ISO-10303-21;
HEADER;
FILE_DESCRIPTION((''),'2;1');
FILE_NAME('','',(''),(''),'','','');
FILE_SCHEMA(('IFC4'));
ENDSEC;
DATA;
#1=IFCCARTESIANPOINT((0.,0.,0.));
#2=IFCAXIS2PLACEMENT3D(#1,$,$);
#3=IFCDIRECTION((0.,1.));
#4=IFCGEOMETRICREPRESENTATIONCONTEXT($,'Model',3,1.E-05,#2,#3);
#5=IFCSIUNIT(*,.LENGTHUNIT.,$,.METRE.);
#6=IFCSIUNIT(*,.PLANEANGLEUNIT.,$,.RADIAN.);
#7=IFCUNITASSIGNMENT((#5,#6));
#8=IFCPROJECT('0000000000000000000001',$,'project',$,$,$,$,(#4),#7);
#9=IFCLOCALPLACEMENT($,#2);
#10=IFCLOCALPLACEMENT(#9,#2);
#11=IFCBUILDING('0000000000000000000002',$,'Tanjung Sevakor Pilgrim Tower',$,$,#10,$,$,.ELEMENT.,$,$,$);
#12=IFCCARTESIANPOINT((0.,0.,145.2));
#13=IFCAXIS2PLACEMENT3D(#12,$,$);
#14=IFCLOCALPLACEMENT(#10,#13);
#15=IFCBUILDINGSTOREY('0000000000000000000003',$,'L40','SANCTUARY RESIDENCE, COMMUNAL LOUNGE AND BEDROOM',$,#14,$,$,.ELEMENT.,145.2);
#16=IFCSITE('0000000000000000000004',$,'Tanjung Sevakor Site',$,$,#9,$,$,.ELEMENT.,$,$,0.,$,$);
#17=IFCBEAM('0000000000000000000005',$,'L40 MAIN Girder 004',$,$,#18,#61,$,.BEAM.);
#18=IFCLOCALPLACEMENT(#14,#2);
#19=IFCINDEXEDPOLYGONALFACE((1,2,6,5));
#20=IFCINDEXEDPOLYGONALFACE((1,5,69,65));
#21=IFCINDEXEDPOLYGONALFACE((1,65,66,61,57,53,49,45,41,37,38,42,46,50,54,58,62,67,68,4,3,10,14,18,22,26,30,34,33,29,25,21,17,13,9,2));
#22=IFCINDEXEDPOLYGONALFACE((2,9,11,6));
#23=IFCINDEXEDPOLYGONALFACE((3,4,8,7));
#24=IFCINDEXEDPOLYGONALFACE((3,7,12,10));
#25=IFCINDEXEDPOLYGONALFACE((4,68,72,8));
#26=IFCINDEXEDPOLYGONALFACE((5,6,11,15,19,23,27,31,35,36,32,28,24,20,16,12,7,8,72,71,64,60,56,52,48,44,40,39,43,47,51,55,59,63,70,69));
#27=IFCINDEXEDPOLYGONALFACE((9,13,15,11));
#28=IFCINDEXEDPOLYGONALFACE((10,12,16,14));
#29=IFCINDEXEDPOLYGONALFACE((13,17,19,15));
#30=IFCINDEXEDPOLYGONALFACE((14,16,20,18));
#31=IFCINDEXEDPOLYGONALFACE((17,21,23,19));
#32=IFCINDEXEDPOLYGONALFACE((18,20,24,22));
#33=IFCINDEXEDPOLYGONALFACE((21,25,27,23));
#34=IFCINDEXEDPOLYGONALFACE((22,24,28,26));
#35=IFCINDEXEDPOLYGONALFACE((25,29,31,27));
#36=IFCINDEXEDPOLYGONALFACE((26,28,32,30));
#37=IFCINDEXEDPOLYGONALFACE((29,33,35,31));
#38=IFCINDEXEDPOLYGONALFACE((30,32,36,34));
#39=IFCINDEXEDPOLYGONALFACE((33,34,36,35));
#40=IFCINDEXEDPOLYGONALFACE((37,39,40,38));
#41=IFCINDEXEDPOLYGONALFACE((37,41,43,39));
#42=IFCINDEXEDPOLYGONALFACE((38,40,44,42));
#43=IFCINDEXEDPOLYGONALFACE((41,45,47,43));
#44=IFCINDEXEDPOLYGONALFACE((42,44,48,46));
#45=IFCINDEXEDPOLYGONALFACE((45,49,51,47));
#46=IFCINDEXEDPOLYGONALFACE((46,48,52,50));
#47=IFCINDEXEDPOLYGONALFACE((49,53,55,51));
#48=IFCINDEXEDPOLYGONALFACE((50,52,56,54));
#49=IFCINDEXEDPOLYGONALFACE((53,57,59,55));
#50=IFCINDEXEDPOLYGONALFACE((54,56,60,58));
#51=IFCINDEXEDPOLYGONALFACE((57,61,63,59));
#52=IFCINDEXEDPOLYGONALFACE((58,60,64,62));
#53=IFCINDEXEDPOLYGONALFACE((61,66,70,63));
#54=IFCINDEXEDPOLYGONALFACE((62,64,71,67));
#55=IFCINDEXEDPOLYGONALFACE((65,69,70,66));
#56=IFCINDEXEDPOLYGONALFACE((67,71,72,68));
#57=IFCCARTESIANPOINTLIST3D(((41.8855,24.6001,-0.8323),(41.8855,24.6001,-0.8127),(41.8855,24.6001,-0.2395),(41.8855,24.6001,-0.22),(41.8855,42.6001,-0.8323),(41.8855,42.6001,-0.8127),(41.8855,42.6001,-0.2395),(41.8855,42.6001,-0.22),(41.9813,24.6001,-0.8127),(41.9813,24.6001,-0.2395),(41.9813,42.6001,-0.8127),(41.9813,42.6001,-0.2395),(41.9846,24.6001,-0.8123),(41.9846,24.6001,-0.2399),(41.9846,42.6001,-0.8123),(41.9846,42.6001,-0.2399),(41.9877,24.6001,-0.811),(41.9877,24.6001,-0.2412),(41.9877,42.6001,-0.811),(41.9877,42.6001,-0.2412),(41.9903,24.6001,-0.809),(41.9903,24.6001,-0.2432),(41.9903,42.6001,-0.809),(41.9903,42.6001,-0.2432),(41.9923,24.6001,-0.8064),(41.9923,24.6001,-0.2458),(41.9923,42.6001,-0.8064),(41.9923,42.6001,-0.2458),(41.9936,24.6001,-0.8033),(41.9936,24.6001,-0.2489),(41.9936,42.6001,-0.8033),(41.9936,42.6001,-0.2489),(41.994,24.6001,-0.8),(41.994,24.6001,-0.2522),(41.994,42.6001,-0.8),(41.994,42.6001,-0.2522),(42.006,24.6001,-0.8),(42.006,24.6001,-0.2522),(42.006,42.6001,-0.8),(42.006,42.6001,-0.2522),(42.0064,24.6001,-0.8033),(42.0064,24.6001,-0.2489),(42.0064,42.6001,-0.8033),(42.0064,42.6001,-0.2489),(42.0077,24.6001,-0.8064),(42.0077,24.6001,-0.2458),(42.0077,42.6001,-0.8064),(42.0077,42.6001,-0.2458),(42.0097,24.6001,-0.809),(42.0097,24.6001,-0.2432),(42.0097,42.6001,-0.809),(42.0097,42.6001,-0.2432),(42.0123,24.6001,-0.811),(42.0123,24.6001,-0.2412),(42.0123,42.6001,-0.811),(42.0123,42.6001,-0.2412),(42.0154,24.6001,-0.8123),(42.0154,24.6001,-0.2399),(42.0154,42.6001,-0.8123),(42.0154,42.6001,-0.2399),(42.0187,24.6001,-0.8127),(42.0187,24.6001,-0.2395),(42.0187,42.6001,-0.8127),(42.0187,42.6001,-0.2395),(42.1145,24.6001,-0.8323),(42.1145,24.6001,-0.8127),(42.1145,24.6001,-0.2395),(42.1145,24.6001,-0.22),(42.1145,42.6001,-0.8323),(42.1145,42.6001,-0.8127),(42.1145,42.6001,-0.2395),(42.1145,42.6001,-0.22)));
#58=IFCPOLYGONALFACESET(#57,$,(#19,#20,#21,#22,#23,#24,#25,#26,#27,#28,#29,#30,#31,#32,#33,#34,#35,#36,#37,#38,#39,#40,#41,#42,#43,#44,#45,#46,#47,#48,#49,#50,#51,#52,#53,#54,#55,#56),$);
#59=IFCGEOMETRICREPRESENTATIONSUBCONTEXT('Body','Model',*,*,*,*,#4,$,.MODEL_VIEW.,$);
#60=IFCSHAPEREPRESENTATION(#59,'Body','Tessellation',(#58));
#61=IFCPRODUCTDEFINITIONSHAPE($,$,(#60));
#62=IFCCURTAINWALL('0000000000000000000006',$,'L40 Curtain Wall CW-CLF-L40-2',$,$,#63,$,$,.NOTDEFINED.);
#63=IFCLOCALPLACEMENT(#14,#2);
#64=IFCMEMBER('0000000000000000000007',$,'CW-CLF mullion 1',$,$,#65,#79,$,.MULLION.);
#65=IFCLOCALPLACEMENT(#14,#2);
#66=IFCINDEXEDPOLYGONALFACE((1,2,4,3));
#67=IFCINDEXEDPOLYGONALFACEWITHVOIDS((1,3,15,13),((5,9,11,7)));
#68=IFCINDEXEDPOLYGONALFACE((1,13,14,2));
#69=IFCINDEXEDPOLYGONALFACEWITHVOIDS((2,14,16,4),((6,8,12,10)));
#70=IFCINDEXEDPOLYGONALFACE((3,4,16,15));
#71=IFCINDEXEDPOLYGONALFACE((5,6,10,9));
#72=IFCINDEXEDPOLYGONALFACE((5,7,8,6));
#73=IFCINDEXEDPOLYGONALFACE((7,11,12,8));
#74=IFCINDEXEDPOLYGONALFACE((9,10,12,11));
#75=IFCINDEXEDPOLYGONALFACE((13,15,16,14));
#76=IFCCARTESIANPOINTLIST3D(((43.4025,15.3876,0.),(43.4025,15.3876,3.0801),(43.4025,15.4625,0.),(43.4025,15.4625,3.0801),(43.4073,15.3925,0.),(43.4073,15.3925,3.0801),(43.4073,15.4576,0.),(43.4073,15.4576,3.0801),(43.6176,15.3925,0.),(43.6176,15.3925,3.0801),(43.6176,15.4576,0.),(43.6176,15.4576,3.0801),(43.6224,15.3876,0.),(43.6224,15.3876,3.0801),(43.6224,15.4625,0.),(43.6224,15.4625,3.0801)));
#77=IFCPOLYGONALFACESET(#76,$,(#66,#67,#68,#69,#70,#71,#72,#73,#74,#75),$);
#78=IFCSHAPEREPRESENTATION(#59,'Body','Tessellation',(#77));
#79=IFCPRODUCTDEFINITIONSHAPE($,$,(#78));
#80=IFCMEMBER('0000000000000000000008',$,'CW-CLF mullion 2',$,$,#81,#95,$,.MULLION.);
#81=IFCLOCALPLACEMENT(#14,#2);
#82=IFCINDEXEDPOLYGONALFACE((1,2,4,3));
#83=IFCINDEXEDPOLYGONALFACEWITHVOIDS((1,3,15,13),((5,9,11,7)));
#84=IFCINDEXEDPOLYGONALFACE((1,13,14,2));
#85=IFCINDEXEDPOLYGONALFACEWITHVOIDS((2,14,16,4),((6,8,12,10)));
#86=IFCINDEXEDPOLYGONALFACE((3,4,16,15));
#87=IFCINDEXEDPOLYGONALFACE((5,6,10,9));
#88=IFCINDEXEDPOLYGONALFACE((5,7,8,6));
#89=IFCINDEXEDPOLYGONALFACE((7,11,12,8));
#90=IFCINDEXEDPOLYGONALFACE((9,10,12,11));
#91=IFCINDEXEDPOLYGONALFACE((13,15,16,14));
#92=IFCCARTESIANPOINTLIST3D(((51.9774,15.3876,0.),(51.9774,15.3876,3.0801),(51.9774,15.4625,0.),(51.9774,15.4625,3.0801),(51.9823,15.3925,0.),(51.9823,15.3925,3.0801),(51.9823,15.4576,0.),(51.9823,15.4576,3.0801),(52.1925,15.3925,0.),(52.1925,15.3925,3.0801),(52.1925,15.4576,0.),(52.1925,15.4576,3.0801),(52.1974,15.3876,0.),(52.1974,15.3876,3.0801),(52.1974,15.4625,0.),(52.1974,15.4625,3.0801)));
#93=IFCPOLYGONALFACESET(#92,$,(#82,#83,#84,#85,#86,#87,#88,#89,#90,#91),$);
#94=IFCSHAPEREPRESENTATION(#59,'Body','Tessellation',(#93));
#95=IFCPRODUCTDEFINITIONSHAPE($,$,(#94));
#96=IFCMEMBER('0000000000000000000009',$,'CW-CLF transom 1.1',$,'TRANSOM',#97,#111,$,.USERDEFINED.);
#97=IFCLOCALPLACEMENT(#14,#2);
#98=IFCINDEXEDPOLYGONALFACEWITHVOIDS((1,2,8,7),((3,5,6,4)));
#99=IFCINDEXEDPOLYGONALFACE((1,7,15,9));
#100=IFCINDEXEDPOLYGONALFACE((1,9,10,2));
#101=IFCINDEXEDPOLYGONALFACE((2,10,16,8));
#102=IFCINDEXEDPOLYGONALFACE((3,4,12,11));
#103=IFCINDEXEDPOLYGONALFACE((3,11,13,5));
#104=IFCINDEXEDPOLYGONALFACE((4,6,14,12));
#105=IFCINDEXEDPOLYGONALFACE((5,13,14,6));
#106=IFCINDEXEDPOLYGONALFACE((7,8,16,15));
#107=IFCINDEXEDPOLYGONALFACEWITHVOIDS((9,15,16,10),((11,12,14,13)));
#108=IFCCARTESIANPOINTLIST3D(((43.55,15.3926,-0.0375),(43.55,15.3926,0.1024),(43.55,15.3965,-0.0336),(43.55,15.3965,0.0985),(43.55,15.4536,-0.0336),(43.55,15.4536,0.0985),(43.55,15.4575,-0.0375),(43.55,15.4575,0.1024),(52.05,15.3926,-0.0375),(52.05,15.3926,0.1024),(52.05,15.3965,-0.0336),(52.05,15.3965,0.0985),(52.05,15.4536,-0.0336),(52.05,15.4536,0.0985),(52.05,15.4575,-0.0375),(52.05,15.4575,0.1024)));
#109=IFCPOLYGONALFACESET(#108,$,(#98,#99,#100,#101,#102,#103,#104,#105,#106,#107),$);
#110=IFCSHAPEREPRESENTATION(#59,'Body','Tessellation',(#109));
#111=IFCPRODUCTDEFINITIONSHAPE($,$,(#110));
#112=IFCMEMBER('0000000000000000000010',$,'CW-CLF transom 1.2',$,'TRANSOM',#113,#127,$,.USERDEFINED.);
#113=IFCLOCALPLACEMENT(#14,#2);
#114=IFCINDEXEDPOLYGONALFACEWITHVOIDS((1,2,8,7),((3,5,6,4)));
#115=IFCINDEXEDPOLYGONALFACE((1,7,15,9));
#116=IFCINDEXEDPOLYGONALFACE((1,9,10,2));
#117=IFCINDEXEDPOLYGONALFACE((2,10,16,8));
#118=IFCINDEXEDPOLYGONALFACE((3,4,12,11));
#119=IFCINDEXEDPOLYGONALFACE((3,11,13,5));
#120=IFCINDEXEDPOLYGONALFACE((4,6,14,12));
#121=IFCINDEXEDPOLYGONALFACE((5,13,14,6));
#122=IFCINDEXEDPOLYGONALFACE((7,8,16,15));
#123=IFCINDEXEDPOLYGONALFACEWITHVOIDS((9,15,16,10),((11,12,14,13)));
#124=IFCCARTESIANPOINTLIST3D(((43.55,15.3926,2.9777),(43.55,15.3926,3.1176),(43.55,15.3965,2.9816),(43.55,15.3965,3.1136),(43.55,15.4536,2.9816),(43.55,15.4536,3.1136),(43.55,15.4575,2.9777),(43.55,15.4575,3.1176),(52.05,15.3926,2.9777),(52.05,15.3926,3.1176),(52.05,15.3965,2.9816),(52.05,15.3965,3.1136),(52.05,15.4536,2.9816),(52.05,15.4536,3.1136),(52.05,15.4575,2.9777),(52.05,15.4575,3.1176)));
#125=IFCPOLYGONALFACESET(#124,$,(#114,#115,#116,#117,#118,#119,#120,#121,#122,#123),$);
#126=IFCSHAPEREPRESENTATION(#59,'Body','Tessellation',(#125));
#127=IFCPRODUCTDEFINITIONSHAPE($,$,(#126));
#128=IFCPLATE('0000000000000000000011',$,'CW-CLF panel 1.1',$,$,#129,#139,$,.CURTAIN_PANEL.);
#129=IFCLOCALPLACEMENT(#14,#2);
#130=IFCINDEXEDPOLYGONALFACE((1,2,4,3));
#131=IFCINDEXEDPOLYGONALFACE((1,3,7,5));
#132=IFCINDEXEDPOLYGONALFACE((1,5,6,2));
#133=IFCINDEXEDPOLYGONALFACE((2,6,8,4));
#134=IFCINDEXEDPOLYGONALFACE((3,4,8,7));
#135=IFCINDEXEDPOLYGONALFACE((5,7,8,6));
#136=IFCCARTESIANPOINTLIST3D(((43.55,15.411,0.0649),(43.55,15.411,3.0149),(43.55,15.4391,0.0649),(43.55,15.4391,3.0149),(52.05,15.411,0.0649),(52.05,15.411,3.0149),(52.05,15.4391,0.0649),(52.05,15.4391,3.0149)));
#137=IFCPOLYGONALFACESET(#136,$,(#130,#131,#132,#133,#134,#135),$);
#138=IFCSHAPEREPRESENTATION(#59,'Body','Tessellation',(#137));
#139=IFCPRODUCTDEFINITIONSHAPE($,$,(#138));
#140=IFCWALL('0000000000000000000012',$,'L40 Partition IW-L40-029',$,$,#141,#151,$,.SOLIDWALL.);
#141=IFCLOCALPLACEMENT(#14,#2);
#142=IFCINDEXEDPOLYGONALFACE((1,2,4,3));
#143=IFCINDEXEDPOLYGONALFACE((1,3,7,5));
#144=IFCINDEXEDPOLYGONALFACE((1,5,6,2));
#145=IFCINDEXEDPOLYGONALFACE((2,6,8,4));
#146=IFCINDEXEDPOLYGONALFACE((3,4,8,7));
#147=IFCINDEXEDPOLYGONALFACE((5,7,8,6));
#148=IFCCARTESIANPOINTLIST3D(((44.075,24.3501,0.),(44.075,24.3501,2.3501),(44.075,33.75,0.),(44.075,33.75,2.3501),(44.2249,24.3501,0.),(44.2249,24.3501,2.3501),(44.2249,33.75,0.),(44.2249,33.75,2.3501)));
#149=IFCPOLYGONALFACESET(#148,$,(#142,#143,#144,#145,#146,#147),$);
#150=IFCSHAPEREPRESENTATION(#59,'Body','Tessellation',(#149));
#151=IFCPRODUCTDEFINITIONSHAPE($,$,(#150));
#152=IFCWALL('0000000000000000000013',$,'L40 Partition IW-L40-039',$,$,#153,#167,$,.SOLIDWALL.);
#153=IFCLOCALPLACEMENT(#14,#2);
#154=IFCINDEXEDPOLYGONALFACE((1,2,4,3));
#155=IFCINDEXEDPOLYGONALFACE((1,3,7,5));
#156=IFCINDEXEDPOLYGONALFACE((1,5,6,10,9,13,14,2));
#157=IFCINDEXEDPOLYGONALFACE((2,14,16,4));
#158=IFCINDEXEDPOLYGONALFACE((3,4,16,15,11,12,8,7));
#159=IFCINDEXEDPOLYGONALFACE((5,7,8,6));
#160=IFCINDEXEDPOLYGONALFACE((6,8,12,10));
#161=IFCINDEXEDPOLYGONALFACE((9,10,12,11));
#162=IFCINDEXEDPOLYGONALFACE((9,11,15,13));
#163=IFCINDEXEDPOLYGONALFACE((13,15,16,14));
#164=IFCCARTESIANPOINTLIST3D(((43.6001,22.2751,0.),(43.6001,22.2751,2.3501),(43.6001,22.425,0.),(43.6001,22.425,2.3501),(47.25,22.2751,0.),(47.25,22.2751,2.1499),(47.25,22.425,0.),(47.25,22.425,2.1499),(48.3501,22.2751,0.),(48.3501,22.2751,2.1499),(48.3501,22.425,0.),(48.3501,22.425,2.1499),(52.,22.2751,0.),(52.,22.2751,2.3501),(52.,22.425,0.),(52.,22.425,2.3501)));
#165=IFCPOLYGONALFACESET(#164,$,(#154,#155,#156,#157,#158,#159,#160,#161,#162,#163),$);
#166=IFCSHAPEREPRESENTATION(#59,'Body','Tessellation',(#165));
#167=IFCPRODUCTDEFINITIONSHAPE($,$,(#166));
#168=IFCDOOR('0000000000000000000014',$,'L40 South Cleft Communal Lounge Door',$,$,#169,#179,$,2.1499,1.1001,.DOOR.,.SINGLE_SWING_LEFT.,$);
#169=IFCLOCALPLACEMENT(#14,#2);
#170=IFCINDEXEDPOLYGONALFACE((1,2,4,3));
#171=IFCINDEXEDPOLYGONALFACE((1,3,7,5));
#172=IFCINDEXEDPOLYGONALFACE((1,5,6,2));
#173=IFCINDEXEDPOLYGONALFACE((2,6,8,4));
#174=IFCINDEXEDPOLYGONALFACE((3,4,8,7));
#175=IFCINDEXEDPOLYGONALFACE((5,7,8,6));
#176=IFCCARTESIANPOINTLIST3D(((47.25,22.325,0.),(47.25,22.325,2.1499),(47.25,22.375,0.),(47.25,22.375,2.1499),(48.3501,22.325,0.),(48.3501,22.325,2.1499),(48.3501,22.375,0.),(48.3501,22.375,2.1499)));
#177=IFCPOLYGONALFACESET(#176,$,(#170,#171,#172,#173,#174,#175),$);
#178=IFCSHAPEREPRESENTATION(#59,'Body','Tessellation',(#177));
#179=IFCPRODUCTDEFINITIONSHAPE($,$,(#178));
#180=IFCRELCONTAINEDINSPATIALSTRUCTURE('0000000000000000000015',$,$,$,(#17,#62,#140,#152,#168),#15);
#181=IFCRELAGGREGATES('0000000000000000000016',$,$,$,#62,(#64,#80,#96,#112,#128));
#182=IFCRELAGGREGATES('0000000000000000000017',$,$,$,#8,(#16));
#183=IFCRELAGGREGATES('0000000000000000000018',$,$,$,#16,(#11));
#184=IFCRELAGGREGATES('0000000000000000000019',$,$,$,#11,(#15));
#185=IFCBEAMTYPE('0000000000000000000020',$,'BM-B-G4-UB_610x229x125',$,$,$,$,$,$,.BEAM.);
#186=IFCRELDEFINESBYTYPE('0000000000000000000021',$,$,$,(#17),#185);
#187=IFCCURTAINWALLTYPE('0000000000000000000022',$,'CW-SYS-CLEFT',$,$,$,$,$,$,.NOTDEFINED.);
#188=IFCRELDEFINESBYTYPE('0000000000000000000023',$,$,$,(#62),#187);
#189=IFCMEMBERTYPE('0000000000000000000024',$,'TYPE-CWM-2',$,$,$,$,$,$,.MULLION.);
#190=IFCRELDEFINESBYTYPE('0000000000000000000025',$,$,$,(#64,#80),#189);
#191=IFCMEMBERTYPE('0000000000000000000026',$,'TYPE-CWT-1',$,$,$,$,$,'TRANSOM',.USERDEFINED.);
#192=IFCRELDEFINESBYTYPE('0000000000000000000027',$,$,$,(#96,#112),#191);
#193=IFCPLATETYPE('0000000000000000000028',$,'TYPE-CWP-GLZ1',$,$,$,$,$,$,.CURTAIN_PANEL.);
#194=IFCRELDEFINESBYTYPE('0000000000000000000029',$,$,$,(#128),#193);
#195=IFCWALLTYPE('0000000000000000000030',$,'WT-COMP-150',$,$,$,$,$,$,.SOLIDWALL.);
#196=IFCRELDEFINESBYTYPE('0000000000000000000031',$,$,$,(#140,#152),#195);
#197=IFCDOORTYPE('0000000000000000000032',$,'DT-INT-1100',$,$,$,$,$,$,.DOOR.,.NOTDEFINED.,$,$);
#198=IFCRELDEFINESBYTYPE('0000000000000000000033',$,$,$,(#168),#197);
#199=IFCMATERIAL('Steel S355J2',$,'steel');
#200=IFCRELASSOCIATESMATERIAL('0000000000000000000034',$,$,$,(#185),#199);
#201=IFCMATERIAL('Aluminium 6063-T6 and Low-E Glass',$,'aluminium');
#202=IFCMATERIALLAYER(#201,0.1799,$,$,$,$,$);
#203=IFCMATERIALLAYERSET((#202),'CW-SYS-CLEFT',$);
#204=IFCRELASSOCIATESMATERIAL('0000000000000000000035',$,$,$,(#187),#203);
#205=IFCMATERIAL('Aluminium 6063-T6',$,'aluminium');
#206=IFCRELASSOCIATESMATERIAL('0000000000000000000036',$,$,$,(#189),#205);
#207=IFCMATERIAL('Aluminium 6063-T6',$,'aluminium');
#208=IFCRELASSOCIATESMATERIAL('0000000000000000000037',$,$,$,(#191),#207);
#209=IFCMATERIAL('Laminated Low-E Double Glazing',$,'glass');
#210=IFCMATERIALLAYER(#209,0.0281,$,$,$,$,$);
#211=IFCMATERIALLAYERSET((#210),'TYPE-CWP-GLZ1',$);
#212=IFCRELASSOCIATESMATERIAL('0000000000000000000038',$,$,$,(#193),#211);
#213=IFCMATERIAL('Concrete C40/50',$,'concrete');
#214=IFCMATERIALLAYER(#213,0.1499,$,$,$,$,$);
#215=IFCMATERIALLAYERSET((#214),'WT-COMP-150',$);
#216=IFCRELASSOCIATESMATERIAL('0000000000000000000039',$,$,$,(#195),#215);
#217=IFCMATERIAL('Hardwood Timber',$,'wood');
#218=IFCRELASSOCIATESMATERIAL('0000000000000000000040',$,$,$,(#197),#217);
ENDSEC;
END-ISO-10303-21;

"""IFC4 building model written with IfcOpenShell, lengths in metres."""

from ifc_helpers import new_model, si_unit, direction, frame, frame_2d, origin, origin_2d, place, context, subcontext, project, spatial, rectangle, hollow_rectangle, i_section, extrude, material, layer, layer_set, material_profile, profile_set, type_object, element, fill, aggregate, save


model = new_model("IFC4")

# Units and contexts
model_context = context("Model", 3, precision=1e-05, world=origin(), true_north=direction((0.0, 1.0)))
body_context = subcontext(model_context, "Body", "Model", "MODEL_VIEW")
ifc_project = project(units=[si_unit("LENGTHUNIT", "METRE"), si_unit("PLANEANGLEUNIT", "RADIAN")], contexts=[model_context])

# Site, building, storey
site_placement = place(None, origin())
site = spatial("IfcSite", under=ifc_project, at=site_placement, Name="Tanjung Sevakor Site", CompositionType="ELEMENT", RefElevation=0.0)
building_placement = place(site_placement, origin())
building = spatial("IfcBuilding", under=site, at=building_placement, Name="Tanjung Sevakor Pilgrim Tower", CompositionType="ELEMENT")
storey_placement = place(building_placement, frame((0.0, 0.0, 145.2)))
storey = spatial("IfcBuildingStorey", under=building, at=storey_placement, Name="L40", Description="SANCTUARY RESIDENCE, COMMUNAL LOUNGE AND BEDROOM", CompositionType="ELEMENT", Elevation=145.2)

# Beam
ifc_material_1 = material(Name="Steel S355J2", Category="steel")
ifc_material_profile_1 = material_profile(ifc_material_1, i_section(OverallWidth=0.229, OverallDepth=0.6123, WebThickness=0.012, FlangeThickness=0.0195, FilletRadius=0.0127, at=origin_2d()))
ifc_profile_set_1 = profile_set([ifc_material_profile_1], Name="Steel S355J2")
beam_type_1 = type_object("IfcBeamType", Name="BM-B-G4-UB_610x229x125", PredefinedType="BEAM", material=ifc_profile_set_1)
beam_1_placement = place(storey_placement, frame((42.0, 24.6001, -0.5261), z_axis=(0.0, 1.0, 0.0), x_axis=(-1.0, 0.0, 0.0)))
element("IfcBeam", 1, at=beam_1_placement, inside=storey, type_object=beam_type_1, Name="L40 MAIN Girder 004", PredefinedType="BEAM", context=body_context, shape_type="SweptSolid", body=[
    extrude(i_section(OverallWidth=0.229, OverallDepth=0.6123, WebThickness=0.012, FlangeThickness=0.0195, FilletRadius=0.0127, at=origin_2d()), origin(), (0.0, 0.0, 1.0), 18.0),
])

# Curtain wall, members, plate
ifc_material_2 = material(Name="Aluminium 6063-T6 and Low-E Glass", Category="aluminium")
ifc_layer_1 = layer(ifc_material_2, 0.1799)
ifc_layer_set_1 = layer_set([ifc_layer_1], Name="CW-SYS-CLEFT")
curtain_wall_type = type_object("IfcCurtainWallType", Name="CW-SYS-CLEFT", PredefinedType="NOTDEFINED", material=ifc_layer_set_1)
curtain_wall_placement = place(storey_placement, origin())
curtain_wall = element("IfcCurtainWall", 2, at=curtain_wall_placement, inside=storey, type_object=curtain_wall_type, Name="L40 Curtain Wall CW-CLF-L40-2", PredefinedType="NOTDEFINED")
ifc_material_3 = material(Name="Aluminium 6063-T6", Category="aluminium")
ifc_material_profile_2 = material_profile(ifc_material_3, hollow_rectangle(XDim=0.075, YDim=0.22, WallThickness=0.0049, at=origin_2d()))
ifc_profile_set_2 = profile_set([ifc_material_profile_2], Name="Aluminium 6063-T6")
member_type_1 = type_object("IfcMemberType", Name="TYPE-CWM-2", PredefinedType="MULLION", material=ifc_profile_set_2)
member_1_placement = place(storey_placement, frame((43.5125, 15.425, 0.0), z_axis=(0.0, 0.0, 1.0), x_axis=(0.0, 1.0, 0.0)))
member_1 = element("IfcMember", 3, at=member_1_placement, type_object=member_type_1, Name="CW-CLF mullion 1", PredefinedType="MULLION", context=body_context, shape_type="SweptSolid", body=[
    extrude(hollow_rectangle(XDim=0.075, YDim=0.22, WallThickness=0.0049, at=origin_2d()), origin(), (0.0, 0.0, 1.0), 3.0801),
])
member_2_placement = place(storey_placement, frame((52.0874, 15.425, 0.0), z_axis=(0.0, 0.0, 1.0), x_axis=(0.0, 1.0, 0.0)))
member_2 = element("IfcMember", 4, at=member_2_placement, type_object=member_type_1, Name="CW-CLF mullion 2", PredefinedType="MULLION", context=body_context, shape_type="SweptSolid", body=[
    extrude(hollow_rectangle(XDim=0.075, YDim=0.22, WallThickness=0.0049, at=origin_2d()), origin(), (0.0, 0.0, 1.0), 3.0801),
])
ifc_material_4 = material(Name="Aluminium 6063-T6", Category="aluminium")
ifc_material_profile_3 = material_profile(ifc_material_4, hollow_rectangle(XDim=0.0649, YDim=0.1399, WallThickness=0.0039, at=origin_2d()))
ifc_profile_set_3 = profile_set([ifc_material_profile_3], Name="Aluminium 6063-T6")
member_type_2 = type_object("IfcMemberType", Name="TYPE-CWT-1", ElementType="TRANSOM", PredefinedType="USERDEFINED", material=ifc_profile_set_3)
member_3_placement = place(storey_placement, frame((43.55, 15.425, 0.0325), z_axis=(1.0, 0.0, 0.0), x_axis=(0.0, 1.0, 0.0)))
member_3 = element("IfcMember", 5, at=member_3_placement, type_object=member_type_2, Name="CW-CLF transom 1.1", ObjectType="TRANSOM", PredefinedType="USERDEFINED", context=body_context, shape_type="SweptSolid", body=[
    extrude(hollow_rectangle(XDim=0.0649, YDim=0.1399, WallThickness=0.0039, at=origin_2d()), origin(), (0.0, 0.0, 1.0), 8.5),
])
member_4_placement = place(storey_placement, frame((43.55, 15.425, 3.0476), z_axis=(1.0, 0.0, 0.0), x_axis=(0.0, 1.0, 0.0)))
member_4 = element("IfcMember", 6, at=member_4_placement, type_object=member_type_2, Name="CW-CLF transom 1.2", ObjectType="TRANSOM", PredefinedType="USERDEFINED", context=body_context, shape_type="SweptSolid", body=[
    extrude(hollow_rectangle(XDim=0.0649, YDim=0.1399, WallThickness=0.0039, at=origin_2d()), origin(), (0.0, 0.0, 1.0), 8.5),
])
ifc_material_5 = material(Name="Laminated Low-E Double Glazing", Category="glass")
ifc_layer_2 = layer(ifc_material_5, 0.0281)
ifc_layer_set_2 = layer_set([ifc_layer_2], Name="TYPE-CWP-GLZ1")
plate_type = type_object("IfcPlateType", Name="TYPE-CWP-GLZ1", PredefinedType="CURTAIN_PANEL", material=ifc_layer_set_2)
plate_placement = place(storey_placement, frame((47.8, 15.425, 0.0649), z_axis=(0.0, 0.0, 1.0), x_axis=(1.0, 0.0, 0.0)))
plate = element("IfcPlate", 7, at=plate_placement, type_object=plate_type, Name="CW-CLF panel 1.1", PredefinedType="CURTAIN_PANEL", context=body_context, shape_type="SweptSolid", body=[
    extrude(rectangle(XDim=8.5, YDim=0.0281, at=origin_2d()), origin(), (0.0, 0.0, 1.0), 2.95),
])
aggregate(curtain_wall, [member_1, member_2, member_3, member_4, plate])

# Wall
ifc_material_6 = material(Name="Concrete C40/50", Category="concrete")
ifc_layer_3 = layer(ifc_material_6, 0.1499)
ifc_layer_set_3 = layer_set([ifc_layer_3], Name="WT-COMP-150")
wall_type_1 = type_object("IfcWallType", Name="WT-COMP-150", PredefinedType="SOLIDWALL", material=ifc_layer_set_3)
wall_1_placement = place(storey_placement, frame((44.1499, 24.3501, 0.0), z_axis=(0.0, 0.0, 1.0), x_axis=(0.0, 1.0, 0.0)))
element("IfcWall", 8, at=wall_1_placement, inside=storey, type_object=wall_type_1, Name="L40 Partition IW-L40-029", PredefinedType="SOLIDWALL", context=body_context, shape_type="SweptSolid", body=[
    extrude(rectangle(XDim=9.3999, YDim=0.1499, at=frame_2d((4.7, 0.0))), origin(), (0.0, 0.0, 1.0), 2.3501),
])

# Wall, opening, door
wall_2_placement = place(storey_placement, frame((43.6001, 22.3501, 0.0), z_axis=(0.0, 0.0, 1.0), x_axis=(1.0, 0.0, 0.0)))
wall_2 = element("IfcWall", 9, at=wall_2_placement, inside=storey, type_object=wall_type_1, Name="L40 Partition IW-L40-039", PredefinedType="SOLIDWALL", context=body_context, shape_type="SweptSolid", body=[
    extrude(rectangle(XDim=8.3999, YDim=0.1499, at=frame_2d((4.2, 0.0))), origin(), (0.0, 0.0, 1.0), 2.3501),
])
opening_1_placement = place(wall_2_placement, frame((3.6499, 0.0, 0.0)))
opening_1 = element("IfcOpeningElement", 10, at=opening_1_placement, cuts=wall_2, PredefinedType="OPENING", context=body_context, shape_type="SweptSolid", body=[
    extrude(rectangle(XDim=1.1001, YDim=2.1499, at=frame_2d((0.55, 1.075))), frame((0.0, 0.085, 0.0), z_axis=(0.0, -1.0, 0.0), x_axis=(1.0, 0.0, 0.0)), (0.0, 0.0, 1.0), 0.1699),
])
ifc_material_7 = material(Name="Hardwood Timber", Category="wood")
door_type_1 = type_object("IfcDoorType", Name="DT-INT-1100", OperationType="NOTDEFINED", PredefinedType="DOOR", material=ifc_material_7)
door_1_placement = place(opening_1_placement, origin())
door_1 = element("IfcDoor", 11, at=door_1_placement, inside=storey, type_object=door_type_1, Name="L40 South Cleft Communal Lounge Door", OperationType="SINGLE_SWING_LEFT", OverallHeight=2.1499, OverallWidth=1.1001, PredefinedType="DOOR", context=body_context, shape_type="SweptSolid", body=[
    extrude(rectangle(XDim=1.1001, YDim=2.1499, at=frame_2d((0.55, 1.075))), frame((0.0, 0.0249, 0.0), z_axis=(0.0, -1.0, 0.0), x_axis=(1.0, 0.0, 0.0)), (0.0, 0.0, 1.0), 0.05),
])
fill(opening_1, door_1)

save(model, "model.ifc")
